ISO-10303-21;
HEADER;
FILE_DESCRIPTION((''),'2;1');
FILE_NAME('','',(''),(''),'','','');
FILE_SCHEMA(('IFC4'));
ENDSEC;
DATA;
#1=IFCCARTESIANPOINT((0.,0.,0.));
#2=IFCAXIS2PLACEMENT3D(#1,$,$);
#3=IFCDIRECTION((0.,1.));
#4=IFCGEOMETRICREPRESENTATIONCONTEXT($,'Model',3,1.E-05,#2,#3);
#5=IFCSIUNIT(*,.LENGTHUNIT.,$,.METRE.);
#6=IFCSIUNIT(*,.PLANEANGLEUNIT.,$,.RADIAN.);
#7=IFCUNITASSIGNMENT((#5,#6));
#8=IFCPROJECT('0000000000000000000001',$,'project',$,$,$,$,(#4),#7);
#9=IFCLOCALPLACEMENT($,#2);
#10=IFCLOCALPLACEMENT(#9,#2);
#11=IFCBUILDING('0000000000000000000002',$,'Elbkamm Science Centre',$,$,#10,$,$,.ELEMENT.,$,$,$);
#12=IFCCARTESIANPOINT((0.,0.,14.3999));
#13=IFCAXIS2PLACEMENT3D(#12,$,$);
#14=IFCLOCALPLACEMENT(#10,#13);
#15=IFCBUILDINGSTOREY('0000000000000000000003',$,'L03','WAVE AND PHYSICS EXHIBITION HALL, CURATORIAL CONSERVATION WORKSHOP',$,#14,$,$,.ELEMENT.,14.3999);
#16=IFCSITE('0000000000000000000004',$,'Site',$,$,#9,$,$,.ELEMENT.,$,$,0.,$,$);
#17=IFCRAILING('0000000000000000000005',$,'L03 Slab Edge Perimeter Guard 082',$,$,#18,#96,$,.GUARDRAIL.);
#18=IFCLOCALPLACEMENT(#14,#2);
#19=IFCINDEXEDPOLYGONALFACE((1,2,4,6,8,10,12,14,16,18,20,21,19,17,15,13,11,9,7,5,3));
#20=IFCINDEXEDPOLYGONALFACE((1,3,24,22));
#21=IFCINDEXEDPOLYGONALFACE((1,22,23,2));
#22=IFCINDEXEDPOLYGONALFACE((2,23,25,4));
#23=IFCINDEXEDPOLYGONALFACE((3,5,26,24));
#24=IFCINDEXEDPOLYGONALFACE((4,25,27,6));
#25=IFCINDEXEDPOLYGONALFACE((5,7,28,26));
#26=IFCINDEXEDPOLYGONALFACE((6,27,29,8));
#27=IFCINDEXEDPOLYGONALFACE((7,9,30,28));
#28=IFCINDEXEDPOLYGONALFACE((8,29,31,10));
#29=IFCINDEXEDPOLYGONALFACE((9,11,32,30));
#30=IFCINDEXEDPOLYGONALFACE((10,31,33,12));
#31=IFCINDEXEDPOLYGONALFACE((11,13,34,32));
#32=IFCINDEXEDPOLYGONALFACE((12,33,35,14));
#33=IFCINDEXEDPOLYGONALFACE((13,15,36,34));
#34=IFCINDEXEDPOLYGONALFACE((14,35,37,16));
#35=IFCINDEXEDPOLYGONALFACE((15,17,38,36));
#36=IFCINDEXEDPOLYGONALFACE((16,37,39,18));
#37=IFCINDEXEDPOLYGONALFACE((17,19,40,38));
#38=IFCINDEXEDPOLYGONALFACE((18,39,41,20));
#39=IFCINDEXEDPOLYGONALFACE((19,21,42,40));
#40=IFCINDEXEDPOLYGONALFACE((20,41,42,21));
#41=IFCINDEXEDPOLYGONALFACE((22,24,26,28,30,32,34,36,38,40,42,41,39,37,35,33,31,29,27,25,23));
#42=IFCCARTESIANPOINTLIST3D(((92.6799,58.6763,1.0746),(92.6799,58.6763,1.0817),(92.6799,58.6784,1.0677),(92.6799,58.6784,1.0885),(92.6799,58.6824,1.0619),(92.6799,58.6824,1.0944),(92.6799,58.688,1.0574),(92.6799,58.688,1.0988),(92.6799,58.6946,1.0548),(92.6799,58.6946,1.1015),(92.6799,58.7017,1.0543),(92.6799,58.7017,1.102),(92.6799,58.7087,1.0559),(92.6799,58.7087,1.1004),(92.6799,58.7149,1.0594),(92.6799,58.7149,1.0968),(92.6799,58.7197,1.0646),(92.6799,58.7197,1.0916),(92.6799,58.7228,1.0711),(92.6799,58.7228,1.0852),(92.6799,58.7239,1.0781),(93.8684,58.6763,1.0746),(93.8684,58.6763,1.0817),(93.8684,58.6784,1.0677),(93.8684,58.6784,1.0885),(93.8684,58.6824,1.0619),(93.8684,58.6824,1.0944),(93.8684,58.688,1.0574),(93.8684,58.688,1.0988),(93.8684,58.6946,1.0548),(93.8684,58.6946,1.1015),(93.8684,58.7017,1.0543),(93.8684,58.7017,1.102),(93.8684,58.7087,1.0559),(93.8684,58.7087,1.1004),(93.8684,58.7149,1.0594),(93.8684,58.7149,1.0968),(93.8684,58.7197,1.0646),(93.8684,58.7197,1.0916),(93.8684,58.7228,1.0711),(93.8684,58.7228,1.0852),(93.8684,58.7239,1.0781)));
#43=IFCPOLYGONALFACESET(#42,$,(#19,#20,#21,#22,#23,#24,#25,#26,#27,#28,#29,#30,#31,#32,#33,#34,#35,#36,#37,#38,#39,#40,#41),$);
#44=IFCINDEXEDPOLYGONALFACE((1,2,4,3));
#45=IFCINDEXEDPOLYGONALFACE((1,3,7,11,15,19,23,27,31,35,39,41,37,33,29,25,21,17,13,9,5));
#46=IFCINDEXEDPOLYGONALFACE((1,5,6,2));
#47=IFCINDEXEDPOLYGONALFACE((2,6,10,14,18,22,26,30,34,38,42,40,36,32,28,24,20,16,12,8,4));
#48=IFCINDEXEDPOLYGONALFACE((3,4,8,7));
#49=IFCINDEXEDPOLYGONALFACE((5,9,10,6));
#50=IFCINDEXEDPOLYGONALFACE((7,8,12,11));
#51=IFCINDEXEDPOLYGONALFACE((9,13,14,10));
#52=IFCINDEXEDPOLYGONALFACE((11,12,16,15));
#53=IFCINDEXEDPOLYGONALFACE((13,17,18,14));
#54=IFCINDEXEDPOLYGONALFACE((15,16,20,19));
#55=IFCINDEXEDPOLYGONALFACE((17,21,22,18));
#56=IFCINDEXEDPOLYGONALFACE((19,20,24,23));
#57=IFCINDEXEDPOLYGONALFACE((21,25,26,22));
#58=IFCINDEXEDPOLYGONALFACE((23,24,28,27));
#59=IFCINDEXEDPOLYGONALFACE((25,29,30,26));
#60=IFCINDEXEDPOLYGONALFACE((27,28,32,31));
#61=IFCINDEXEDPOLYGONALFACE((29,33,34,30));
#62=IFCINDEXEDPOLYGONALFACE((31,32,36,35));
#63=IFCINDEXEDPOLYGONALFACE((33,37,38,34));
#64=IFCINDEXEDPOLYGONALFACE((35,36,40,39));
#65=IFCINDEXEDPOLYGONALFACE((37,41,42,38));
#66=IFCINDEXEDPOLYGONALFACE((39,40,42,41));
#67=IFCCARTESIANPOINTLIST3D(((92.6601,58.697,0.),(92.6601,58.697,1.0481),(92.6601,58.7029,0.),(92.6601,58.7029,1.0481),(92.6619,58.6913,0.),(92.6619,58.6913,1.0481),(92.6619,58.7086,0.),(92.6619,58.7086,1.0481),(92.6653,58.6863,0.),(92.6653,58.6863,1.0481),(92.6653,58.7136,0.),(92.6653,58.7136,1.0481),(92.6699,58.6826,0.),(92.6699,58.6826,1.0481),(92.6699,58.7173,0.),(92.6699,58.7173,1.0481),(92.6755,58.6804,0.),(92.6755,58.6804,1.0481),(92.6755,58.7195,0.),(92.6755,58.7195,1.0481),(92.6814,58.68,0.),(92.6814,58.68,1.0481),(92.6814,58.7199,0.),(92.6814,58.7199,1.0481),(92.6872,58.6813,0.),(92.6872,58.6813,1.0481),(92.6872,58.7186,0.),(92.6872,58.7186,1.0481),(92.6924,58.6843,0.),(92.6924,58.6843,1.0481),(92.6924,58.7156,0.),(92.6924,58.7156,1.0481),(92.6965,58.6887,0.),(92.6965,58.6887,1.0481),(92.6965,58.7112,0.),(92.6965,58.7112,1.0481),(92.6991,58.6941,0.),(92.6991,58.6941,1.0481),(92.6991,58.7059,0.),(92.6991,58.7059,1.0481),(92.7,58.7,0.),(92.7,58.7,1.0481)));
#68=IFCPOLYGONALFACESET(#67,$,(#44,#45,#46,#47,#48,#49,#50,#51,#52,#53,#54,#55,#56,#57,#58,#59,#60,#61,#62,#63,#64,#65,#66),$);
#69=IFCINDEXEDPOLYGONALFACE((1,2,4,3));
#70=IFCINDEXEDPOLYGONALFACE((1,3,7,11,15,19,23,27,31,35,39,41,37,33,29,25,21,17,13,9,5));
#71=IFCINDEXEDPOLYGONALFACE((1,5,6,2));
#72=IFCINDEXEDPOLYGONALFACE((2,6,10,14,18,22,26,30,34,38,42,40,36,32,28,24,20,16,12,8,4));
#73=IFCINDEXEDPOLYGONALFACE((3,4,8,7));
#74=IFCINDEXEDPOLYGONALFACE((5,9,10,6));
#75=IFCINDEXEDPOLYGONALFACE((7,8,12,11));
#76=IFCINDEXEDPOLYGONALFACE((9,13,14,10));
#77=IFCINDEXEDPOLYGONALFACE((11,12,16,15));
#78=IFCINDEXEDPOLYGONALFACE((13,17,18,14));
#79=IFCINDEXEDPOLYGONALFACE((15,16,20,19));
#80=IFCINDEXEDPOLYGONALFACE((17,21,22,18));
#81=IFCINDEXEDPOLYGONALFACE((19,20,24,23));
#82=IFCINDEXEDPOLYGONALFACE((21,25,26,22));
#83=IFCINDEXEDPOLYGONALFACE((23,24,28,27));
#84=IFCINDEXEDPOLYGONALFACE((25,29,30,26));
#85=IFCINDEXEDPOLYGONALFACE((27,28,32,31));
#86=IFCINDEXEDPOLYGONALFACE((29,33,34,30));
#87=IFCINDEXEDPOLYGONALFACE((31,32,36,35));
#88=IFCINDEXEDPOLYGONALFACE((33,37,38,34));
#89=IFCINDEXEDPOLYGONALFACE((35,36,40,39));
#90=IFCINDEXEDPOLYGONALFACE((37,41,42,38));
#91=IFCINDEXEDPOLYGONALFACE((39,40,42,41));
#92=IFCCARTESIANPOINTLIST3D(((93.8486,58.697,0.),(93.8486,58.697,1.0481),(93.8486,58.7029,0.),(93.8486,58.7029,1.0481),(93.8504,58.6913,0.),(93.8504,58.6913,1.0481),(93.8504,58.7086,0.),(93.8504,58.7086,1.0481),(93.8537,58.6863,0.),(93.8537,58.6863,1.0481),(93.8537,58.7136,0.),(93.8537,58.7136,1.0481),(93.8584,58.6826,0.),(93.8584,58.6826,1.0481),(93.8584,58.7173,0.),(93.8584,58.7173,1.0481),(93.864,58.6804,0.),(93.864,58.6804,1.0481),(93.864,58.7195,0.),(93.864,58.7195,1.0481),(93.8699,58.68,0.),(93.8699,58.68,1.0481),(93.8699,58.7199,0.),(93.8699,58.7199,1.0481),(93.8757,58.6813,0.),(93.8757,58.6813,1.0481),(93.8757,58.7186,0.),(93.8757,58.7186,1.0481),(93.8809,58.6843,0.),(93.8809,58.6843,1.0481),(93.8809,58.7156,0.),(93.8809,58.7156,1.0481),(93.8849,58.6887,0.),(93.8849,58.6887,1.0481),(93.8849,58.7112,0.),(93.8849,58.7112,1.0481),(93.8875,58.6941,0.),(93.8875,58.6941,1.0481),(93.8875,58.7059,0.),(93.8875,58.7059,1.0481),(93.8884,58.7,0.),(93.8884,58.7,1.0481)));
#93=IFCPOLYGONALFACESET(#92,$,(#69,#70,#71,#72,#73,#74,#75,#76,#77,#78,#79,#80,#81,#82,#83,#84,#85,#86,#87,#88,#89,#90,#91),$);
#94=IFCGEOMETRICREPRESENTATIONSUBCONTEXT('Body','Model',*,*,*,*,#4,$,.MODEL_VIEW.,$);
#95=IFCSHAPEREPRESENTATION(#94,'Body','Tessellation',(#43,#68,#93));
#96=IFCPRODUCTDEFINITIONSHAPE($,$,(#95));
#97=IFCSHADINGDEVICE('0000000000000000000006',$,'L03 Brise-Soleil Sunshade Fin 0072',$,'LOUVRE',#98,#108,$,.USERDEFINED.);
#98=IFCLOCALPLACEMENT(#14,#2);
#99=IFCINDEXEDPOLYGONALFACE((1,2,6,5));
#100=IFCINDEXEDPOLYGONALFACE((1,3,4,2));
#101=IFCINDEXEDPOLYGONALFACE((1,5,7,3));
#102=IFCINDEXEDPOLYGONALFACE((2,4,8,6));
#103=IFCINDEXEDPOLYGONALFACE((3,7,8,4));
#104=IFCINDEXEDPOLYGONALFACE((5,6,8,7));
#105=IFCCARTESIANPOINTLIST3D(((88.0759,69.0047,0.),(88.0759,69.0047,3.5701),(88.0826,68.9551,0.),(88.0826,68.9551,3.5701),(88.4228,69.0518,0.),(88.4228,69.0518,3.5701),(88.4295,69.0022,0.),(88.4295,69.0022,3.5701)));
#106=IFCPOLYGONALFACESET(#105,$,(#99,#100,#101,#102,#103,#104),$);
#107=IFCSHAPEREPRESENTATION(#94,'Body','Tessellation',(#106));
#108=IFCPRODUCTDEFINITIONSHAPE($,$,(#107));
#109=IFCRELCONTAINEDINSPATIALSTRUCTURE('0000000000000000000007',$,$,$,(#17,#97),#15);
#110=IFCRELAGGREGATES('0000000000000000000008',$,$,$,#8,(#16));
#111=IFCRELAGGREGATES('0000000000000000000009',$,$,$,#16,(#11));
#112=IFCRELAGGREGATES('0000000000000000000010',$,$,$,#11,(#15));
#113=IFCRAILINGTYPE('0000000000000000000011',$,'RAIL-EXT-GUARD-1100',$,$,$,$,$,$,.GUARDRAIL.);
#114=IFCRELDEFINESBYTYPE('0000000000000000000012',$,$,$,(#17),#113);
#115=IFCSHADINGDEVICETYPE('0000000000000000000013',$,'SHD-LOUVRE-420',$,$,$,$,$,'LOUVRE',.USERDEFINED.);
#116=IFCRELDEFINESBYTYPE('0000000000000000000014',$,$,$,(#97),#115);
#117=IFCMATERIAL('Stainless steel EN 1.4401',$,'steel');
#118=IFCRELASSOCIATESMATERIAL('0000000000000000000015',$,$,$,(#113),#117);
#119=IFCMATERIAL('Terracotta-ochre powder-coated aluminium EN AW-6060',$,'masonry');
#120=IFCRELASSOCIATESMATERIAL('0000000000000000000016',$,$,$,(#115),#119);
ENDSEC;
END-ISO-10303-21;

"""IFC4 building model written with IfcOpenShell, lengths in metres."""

from ifc_helpers import new_model, si_unit, direction, frame, origin, origin_2d, place, context, subcontext, project, spatial, rectangle, circle, extrude, material, type_object, element, save


model = new_model("IFC4")

# Units and contexts
model_context = context("Model", 3, precision=1e-05, world=origin(), true_north=direction((0.0, 1.0)))
body_context = subcontext(model_context, "Body", "Model", "MODEL_VIEW")
ifc_project = project(units=[si_unit("LENGTHUNIT", "METRE"), si_unit("PLANEANGLEUNIT", "RADIAN")], contexts=[model_context])

# Site, building, storey
site_placement = place(None, origin())
site = spatial("IfcSite", under=ifc_project, at=site_placement, Name="Site", CompositionType="ELEMENT", RefElevation=0.0)
building_placement = place(site_placement, origin())
building = spatial("IfcBuilding", under=site, at=building_placement, Name="Elbkamm Science Centre", CompositionType="ELEMENT")
storey_placement = place(building_placement, frame((0.0, 0.0, 14.3999)))
storey = spatial("IfcBuildingStorey", under=building, at=storey_placement, Name="L03", Description="WAVE AND PHYSICS EXHIBITION HALL, CURATORIAL CONSERVATION WORKSHOP", CompositionType="ELEMENT", Elevation=14.3999)

# Railing
ifc_material_1 = material(Name="Stainless steel EN 1.4401", Category="steel")
railing_type = type_object("IfcRailingType", Name="RAIL-EXT-GUARD-1100", PredefinedType="GUARDRAIL", material=ifc_material_1)
railing_placement = place(storey_placement, frame((92.6799, 58.7, 0.0)))
element("IfcRailing", 1, at=railing_placement, inside=storey, type_object=railing_type, Name="L03 Slab Edge Perimeter Guard 082", PredefinedType="GUARDRAIL", context=body_context, shape_type="SweptSolid", body=[
    extrude(circle(Radius=0.0239, at=origin_2d()), frame((0.0, 0.0, 1.0781), z_axis=(1.0, 0.0, 0.0), x_axis=(0.0, 1.0, 0.0)), (0.0, 0.0, 1.0), 1.1885),
    extrude(circle(Radius=0.02, at=origin_2d()), origin(), (0.0, 0.0, 1.0), 1.0481),
    extrude(circle(Radius=0.02, at=origin_2d()), frame((1.1885, 0.0, 0.0)), (0.0, 0.0, 1.0), 1.0481),
])

# Shading device
ifc_material_2 = material(Name="Terracotta-ochre powder-coated aluminium EN AW-6060", Category="masonry")
shading_device_type = type_object("IfcShadingDeviceType", Name="SHD-LOUVRE-420", ElementType="LOUVRE", PredefinedType="USERDEFINED", material=ifc_material_2)
shading_device_placement = place(storey_placement, frame((88.2527, 69.0034, 0.0), z_axis=(0.0, 0.0, 1.0), x_axis=(-0.990903, -0.134576, 0.0)))
element("IfcShadingDevice", 2, at=shading_device_placement, inside=storey, type_object=shading_device_type, Name="L03 Brise-Soleil Sunshade Fin 0072", ObjectType="LOUVRE", PredefinedType="USERDEFINED", context=body_context, shape_type="SweptSolid", body=[
    extrude(rectangle(XDim=0.3501, YDim=0.05, at=origin_2d()), origin(), (0.0, 0.0, 1.0), 3.5701),
])

save(model, "model.ifc")
